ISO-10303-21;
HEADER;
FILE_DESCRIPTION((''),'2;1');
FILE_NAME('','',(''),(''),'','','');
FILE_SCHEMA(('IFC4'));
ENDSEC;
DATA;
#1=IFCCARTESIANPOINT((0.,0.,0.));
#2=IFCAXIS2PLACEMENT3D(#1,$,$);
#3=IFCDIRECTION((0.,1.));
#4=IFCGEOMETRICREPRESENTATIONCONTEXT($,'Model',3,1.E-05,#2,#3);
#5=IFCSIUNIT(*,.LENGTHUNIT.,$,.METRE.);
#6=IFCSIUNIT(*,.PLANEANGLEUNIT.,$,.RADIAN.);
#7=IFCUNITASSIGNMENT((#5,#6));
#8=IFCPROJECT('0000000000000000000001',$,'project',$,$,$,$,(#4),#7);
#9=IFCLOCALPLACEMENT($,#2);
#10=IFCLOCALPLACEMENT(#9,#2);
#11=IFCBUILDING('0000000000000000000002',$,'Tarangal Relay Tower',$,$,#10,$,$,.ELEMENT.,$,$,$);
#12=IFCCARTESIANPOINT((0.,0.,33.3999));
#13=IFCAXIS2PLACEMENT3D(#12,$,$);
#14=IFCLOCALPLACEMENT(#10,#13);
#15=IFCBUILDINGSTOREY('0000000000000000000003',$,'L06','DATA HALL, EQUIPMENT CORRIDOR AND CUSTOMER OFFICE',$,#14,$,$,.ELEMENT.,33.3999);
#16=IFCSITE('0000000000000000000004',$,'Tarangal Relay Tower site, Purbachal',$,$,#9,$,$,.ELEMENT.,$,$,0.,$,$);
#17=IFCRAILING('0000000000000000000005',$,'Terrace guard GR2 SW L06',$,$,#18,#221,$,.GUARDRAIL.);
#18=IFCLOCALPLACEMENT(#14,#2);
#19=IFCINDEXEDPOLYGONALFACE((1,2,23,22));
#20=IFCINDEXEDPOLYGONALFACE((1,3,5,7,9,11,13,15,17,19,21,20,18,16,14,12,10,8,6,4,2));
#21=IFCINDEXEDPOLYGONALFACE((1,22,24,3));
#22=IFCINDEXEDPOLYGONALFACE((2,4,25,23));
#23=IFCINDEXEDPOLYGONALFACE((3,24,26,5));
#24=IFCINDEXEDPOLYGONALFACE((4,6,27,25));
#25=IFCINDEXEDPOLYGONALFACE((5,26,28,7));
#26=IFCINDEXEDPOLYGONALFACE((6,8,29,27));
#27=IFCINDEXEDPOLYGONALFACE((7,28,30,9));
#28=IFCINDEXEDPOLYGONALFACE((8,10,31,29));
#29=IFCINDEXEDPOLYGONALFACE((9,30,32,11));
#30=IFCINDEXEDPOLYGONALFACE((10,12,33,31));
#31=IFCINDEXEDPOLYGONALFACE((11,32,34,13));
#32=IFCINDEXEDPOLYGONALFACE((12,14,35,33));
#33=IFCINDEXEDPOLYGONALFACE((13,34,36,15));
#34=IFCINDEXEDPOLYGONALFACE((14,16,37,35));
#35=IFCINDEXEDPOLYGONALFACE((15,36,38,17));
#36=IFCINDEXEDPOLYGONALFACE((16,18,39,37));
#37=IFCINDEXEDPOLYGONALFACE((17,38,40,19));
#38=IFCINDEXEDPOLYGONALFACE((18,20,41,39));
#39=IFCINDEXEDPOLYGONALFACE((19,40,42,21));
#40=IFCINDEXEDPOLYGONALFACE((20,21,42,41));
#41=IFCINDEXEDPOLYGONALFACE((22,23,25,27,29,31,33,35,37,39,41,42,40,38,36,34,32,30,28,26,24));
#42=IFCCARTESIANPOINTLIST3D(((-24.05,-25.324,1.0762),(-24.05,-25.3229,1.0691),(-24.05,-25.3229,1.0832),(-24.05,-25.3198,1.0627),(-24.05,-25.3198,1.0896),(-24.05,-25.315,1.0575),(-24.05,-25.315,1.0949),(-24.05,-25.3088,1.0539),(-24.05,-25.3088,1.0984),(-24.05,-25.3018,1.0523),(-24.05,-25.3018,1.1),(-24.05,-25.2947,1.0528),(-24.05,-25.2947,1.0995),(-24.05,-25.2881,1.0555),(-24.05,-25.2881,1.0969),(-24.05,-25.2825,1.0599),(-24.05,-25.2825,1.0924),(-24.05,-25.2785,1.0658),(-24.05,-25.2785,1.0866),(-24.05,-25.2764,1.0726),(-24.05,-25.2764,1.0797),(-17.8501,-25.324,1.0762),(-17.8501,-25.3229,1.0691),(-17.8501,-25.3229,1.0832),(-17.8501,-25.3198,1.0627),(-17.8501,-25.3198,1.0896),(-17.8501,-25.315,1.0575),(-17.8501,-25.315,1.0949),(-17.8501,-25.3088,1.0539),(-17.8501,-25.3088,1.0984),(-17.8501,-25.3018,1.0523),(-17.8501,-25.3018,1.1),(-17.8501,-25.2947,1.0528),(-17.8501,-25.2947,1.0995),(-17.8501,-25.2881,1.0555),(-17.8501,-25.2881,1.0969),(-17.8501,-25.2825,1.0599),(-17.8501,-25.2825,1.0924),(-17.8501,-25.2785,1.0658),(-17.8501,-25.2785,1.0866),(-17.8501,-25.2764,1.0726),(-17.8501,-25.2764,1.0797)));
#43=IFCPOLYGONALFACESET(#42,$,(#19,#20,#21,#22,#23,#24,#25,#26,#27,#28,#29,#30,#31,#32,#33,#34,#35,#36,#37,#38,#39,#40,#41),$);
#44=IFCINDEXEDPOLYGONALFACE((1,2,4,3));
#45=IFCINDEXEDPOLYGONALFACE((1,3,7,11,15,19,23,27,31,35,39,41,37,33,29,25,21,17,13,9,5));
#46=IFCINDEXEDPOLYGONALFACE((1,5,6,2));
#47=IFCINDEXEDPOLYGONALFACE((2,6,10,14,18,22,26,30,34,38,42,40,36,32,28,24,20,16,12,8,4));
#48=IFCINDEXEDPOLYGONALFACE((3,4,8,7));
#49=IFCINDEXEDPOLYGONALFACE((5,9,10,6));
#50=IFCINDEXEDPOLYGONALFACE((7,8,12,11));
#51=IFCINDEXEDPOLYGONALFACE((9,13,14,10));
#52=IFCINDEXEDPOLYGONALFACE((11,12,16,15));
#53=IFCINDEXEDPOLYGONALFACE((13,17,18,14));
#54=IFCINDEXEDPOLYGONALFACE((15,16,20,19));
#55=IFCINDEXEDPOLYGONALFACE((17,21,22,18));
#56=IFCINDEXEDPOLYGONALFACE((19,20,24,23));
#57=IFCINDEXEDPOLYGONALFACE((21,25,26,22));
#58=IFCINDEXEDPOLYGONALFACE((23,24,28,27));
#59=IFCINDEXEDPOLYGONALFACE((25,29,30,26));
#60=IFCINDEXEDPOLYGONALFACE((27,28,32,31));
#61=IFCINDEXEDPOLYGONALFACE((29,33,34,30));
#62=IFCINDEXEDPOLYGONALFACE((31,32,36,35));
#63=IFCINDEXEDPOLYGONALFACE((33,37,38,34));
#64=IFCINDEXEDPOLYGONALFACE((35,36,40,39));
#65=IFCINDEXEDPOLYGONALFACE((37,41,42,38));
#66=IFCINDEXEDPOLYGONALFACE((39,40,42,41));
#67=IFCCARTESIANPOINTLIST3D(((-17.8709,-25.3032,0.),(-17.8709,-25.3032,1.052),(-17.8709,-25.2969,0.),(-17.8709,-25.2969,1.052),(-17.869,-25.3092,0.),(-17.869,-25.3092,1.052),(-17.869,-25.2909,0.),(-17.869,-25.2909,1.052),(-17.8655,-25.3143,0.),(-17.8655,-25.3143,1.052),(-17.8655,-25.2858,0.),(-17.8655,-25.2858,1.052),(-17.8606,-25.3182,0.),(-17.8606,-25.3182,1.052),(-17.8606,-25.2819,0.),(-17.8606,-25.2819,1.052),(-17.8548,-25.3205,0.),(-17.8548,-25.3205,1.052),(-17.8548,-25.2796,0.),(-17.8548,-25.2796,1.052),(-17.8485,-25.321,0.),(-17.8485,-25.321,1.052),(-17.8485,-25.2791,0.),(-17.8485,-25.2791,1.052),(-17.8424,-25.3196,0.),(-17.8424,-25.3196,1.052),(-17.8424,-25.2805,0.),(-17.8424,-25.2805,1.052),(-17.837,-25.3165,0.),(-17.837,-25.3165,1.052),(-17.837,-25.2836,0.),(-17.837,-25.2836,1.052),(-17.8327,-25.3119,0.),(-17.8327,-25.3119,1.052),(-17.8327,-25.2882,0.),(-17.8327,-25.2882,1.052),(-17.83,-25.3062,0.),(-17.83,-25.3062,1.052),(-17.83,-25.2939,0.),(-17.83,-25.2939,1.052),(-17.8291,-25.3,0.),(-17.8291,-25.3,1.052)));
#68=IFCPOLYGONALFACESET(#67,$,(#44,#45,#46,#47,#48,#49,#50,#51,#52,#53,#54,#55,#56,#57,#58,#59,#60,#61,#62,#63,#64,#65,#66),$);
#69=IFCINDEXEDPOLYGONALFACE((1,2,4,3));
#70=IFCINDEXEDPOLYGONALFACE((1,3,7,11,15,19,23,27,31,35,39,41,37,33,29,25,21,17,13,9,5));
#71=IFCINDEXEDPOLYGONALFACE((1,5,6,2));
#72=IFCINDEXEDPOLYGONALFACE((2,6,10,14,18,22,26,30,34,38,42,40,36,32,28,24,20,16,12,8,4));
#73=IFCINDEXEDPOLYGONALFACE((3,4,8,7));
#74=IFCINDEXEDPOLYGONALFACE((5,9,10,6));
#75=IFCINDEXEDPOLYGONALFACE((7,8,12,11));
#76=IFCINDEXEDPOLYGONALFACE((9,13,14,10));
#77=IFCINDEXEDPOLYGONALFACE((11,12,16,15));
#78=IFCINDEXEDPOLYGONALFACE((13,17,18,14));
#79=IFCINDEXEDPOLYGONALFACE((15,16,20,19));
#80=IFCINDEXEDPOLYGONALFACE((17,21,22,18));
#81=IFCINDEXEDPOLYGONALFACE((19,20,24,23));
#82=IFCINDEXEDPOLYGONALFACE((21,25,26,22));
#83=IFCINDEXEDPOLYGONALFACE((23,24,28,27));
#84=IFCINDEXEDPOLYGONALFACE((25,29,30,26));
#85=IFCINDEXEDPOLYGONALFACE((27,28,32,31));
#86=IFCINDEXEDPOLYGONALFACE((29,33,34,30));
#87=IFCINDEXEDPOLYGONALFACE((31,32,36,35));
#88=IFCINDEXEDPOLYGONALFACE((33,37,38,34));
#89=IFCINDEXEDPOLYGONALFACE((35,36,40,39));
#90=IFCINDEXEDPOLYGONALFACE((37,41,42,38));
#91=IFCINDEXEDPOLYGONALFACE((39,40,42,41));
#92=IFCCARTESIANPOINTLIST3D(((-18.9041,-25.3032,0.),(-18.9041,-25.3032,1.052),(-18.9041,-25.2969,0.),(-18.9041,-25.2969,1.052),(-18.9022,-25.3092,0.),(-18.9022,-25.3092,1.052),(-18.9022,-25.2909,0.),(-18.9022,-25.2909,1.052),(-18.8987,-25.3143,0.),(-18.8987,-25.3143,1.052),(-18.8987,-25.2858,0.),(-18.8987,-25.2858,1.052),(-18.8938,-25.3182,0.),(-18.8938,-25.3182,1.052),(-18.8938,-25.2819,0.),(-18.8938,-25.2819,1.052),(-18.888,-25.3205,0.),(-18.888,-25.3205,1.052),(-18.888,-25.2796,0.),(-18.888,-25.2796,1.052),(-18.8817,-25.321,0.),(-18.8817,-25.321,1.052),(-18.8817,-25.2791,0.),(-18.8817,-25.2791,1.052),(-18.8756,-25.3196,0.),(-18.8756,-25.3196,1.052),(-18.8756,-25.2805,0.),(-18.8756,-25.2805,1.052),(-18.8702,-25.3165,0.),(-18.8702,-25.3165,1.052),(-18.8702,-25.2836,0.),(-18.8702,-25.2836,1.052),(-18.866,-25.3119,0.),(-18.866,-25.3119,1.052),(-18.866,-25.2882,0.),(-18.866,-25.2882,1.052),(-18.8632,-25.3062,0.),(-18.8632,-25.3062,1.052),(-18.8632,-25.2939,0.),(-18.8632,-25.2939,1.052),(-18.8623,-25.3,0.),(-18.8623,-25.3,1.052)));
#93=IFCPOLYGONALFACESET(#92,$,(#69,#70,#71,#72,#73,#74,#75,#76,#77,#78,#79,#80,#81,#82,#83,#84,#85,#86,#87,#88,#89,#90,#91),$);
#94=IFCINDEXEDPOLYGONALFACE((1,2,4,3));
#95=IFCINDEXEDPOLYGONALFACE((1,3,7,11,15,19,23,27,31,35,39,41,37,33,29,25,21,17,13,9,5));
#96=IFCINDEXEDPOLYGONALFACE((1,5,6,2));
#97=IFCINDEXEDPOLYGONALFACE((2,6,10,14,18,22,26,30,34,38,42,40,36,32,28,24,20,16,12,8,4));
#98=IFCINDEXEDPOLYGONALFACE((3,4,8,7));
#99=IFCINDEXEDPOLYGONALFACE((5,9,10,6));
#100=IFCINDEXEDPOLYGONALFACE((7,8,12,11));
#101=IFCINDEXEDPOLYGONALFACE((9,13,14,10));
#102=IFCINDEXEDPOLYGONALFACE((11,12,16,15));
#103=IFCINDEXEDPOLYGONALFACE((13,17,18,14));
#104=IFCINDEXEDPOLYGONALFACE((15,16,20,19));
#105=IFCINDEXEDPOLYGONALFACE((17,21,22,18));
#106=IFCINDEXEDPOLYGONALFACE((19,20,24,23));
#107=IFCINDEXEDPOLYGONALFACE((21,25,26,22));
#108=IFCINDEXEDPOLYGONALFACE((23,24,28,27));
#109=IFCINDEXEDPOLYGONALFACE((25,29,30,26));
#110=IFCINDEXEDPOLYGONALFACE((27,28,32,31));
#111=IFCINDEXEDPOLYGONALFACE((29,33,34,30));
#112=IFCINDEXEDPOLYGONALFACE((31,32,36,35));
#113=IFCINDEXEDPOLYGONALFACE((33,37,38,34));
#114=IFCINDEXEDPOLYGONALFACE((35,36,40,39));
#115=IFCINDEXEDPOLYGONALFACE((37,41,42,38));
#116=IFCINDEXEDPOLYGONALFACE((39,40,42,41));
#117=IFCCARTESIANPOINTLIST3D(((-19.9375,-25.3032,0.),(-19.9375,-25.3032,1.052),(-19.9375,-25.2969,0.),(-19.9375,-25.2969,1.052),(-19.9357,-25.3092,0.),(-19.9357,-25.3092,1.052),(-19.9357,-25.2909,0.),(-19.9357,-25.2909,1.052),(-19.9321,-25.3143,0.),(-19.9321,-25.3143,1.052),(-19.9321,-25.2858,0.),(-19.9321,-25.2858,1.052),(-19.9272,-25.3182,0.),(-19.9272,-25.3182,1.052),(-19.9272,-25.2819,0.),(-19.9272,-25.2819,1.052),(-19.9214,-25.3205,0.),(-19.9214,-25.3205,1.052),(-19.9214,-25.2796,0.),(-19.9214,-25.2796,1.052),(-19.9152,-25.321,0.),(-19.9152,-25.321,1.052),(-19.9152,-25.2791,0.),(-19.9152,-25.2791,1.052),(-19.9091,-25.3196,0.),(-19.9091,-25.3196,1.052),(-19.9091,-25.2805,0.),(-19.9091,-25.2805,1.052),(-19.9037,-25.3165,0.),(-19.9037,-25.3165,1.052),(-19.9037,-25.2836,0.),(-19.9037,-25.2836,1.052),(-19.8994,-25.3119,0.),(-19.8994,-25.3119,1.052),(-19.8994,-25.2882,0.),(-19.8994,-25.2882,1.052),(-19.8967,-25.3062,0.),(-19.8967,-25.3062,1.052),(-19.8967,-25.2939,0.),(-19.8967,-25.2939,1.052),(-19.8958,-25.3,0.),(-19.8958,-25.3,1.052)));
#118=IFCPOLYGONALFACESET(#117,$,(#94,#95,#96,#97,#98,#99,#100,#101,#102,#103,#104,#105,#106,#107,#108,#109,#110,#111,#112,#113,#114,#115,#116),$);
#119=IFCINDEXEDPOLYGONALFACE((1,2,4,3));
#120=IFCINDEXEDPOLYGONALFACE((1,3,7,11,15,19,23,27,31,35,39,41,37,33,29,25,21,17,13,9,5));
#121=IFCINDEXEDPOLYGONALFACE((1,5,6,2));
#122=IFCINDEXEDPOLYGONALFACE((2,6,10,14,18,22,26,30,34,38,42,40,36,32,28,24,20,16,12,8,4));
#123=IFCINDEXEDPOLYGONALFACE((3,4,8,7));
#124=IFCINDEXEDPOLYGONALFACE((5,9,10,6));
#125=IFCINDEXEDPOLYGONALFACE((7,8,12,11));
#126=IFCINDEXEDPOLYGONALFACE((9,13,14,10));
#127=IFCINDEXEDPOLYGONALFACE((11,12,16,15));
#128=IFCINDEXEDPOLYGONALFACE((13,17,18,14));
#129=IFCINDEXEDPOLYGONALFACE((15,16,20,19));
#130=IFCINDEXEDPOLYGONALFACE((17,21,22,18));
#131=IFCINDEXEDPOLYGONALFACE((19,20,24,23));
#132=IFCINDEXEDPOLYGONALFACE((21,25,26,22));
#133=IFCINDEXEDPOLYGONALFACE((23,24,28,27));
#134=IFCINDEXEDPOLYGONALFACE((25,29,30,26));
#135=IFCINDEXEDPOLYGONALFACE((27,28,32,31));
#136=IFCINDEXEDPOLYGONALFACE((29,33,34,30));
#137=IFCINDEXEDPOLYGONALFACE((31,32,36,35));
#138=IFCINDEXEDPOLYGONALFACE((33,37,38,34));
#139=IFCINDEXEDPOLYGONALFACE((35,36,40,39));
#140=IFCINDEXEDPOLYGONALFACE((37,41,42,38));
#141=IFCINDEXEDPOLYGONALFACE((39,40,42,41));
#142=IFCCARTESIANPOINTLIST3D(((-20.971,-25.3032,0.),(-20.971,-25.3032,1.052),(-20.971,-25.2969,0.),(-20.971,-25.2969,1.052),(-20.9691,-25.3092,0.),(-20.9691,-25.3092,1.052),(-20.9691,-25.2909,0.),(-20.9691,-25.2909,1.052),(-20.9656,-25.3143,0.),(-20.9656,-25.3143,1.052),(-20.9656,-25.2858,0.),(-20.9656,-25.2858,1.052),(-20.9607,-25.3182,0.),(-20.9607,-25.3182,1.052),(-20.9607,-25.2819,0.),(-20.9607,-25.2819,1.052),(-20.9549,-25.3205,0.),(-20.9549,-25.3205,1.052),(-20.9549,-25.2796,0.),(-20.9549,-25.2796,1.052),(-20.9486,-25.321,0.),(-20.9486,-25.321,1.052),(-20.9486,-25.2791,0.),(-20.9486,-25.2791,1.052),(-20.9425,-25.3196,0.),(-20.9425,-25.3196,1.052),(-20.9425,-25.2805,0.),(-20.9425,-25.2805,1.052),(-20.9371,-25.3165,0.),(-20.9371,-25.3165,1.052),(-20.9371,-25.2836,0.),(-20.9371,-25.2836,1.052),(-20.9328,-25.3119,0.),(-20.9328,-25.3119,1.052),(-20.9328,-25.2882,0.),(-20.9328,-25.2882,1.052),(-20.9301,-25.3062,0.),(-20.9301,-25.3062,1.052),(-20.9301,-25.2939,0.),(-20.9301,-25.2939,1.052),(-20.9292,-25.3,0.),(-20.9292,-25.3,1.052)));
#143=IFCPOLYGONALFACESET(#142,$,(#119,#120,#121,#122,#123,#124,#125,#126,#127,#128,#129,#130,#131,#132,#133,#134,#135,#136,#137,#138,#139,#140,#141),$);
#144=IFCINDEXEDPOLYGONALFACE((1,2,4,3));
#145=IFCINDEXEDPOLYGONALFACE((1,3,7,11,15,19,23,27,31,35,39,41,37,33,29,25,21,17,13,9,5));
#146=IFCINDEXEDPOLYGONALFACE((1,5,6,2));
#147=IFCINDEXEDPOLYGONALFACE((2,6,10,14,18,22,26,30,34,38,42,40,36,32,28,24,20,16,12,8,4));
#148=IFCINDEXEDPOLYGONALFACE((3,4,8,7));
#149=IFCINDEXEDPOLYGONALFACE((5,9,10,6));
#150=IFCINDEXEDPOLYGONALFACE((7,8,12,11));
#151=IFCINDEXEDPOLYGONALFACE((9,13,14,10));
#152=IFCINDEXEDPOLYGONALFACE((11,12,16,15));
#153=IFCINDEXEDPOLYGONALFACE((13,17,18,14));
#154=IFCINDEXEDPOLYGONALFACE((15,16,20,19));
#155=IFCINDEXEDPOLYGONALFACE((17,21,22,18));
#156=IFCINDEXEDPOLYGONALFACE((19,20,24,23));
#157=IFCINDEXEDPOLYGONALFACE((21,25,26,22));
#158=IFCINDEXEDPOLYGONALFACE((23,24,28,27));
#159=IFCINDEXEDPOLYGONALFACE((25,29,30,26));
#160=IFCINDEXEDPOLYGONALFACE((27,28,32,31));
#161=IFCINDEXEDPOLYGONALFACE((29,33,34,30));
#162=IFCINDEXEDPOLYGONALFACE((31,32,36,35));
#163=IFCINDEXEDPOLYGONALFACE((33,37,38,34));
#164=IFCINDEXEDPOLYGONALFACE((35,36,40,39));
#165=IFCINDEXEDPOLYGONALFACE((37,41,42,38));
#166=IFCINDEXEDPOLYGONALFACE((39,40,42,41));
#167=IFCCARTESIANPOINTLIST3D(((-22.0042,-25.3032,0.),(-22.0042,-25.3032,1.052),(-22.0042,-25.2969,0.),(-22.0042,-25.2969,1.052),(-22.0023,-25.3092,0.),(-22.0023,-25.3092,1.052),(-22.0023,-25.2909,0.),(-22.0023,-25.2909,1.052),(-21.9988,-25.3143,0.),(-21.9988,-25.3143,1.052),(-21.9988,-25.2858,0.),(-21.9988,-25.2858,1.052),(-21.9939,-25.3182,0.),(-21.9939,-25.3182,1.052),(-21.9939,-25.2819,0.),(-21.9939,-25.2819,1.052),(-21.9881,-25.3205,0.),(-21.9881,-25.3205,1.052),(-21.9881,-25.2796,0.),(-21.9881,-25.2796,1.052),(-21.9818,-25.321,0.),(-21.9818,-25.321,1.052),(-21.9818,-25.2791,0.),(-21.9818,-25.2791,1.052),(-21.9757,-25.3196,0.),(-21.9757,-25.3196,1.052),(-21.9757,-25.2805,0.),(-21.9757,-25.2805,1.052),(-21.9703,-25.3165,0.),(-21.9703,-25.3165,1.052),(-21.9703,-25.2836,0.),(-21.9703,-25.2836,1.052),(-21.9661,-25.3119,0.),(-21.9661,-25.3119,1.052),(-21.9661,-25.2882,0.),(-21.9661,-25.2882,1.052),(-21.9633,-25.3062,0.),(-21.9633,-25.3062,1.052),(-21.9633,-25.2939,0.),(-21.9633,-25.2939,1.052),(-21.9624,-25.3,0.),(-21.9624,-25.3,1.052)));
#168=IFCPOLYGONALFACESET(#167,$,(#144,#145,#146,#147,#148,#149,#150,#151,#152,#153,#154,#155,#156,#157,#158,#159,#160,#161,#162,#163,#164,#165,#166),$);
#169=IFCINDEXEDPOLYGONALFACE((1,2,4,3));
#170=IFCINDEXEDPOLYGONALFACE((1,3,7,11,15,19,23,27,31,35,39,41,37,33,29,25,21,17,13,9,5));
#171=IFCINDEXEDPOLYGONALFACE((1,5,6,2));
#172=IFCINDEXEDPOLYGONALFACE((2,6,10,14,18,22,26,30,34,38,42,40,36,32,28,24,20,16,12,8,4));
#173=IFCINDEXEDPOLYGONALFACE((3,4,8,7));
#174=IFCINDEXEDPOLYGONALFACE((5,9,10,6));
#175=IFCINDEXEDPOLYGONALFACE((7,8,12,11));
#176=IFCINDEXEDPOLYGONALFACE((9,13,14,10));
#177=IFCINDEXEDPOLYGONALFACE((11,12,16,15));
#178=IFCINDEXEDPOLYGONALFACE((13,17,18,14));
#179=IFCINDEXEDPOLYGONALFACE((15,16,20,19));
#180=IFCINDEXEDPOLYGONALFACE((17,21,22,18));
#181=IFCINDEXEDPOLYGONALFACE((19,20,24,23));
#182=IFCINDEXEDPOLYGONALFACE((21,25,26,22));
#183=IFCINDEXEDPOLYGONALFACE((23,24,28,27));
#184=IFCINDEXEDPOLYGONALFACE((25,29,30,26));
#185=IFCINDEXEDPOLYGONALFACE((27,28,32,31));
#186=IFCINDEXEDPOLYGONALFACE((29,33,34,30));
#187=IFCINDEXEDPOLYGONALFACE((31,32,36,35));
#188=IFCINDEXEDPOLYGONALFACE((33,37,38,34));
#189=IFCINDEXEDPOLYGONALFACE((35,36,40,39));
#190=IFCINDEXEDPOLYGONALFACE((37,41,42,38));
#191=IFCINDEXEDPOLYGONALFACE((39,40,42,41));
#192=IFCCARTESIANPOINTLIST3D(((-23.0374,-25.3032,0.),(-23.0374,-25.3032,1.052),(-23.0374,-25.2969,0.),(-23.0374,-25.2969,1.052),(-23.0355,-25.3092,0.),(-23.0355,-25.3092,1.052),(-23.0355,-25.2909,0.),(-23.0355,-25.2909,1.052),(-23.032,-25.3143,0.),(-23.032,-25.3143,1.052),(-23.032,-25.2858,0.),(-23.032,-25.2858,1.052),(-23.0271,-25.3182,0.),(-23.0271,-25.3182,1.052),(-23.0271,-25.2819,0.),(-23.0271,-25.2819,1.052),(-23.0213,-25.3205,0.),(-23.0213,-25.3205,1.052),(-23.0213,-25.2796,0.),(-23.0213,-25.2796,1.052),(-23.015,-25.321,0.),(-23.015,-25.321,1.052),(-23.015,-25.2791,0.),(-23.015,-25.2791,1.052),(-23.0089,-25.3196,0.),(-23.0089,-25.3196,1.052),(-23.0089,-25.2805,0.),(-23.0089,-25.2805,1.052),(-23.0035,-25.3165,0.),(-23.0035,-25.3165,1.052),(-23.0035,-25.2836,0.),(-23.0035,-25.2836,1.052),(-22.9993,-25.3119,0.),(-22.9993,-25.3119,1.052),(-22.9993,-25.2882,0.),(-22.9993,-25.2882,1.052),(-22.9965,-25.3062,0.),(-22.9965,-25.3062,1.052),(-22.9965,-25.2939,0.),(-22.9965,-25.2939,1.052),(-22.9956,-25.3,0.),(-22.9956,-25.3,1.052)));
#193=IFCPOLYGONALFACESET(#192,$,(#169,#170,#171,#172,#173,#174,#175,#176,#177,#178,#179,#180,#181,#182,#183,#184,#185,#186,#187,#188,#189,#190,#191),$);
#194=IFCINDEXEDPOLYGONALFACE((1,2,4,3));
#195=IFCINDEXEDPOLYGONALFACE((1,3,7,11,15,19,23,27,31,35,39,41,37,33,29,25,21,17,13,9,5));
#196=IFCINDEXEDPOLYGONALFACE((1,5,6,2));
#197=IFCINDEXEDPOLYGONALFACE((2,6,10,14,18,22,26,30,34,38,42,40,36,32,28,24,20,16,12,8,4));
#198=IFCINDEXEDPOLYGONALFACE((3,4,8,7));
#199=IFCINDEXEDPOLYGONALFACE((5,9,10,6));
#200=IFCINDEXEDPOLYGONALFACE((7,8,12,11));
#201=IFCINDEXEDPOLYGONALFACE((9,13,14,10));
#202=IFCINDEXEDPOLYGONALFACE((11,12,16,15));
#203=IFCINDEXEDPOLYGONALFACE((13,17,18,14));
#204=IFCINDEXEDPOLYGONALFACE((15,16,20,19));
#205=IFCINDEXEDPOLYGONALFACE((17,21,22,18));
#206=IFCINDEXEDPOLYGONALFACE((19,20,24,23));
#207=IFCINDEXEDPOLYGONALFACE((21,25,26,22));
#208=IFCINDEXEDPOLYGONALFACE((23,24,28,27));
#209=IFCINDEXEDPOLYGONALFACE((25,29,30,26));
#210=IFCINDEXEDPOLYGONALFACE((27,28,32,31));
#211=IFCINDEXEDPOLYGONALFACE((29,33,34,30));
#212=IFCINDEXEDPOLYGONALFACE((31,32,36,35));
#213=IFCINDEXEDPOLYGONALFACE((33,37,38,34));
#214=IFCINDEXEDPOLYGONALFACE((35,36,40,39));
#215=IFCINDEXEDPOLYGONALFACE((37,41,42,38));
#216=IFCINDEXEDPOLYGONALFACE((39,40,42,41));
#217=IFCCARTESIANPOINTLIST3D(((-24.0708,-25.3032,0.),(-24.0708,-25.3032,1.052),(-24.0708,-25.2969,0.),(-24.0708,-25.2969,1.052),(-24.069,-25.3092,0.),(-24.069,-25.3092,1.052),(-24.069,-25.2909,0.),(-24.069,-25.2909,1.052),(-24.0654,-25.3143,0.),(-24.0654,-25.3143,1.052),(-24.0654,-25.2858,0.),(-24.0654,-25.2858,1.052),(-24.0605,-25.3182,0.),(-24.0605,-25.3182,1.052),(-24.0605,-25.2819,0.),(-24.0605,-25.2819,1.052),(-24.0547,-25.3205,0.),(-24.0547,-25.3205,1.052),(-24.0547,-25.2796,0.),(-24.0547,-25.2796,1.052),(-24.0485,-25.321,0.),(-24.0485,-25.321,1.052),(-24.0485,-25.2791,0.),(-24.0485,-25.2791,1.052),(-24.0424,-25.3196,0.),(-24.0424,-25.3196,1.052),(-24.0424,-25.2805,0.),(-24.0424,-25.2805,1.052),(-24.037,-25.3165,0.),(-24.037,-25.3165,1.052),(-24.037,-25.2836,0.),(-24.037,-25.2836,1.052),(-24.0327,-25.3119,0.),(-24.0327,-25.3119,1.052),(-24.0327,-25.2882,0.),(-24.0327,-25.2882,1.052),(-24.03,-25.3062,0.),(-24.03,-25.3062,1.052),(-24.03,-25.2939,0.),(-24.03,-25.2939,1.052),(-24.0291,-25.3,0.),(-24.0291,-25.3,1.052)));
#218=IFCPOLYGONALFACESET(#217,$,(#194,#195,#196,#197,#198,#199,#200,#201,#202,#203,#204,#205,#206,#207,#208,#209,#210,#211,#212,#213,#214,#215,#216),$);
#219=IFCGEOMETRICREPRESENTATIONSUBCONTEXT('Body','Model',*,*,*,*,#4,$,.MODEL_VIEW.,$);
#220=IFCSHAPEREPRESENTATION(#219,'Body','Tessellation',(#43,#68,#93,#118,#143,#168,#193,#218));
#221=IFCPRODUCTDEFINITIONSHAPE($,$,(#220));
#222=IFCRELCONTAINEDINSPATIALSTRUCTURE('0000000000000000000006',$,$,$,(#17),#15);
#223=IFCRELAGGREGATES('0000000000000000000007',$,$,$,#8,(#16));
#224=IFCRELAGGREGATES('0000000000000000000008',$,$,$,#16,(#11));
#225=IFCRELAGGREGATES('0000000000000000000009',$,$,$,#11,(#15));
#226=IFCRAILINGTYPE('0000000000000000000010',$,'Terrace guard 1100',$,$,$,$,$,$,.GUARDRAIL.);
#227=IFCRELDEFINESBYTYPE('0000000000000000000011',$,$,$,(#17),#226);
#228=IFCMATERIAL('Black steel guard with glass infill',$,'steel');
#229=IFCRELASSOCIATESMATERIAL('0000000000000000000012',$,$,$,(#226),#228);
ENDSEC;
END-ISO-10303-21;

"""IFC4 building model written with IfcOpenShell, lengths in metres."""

from ifc_helpers import new_model, si_unit, direction, frame, origin, origin_2d, place, context, subcontext, project, spatial, circle, extrude, material, type_object, element, save


model = new_model("IFC4")

# Units and contexts
model_context = context("Model", 3, precision=1e-05, world=origin(), true_north=direction((0.0, 1.0)))
body_context = subcontext(model_context, "Body", "Model", "MODEL_VIEW")
ifc_project = project(units=[si_unit("LENGTHUNIT", "METRE"), si_unit("PLANEANGLEUNIT", "RADIAN")], contexts=[model_context])

# Site, building, storey
site_placement = place(None, origin())
site = spatial("IfcSite", under=ifc_project, at=site_placement, Name="Tarangal Relay Tower site, Purbachal", CompositionType="ELEMENT", RefElevation=0.0)
building_placement = place(site_placement, origin())
building = spatial("IfcBuilding", under=site, at=building_placement, Name="Tarangal Relay Tower", CompositionType="ELEMENT")
storey_placement = place(building_placement, frame((0.0, 0.0, 33.3999)))
storey = spatial("IfcBuildingStorey", under=building, at=storey_placement, Name="L06", Description="DATA HALL, EQUIPMENT CORRIDOR AND CUSTOMER OFFICE", CompositionType="ELEMENT", Elevation=33.3999)

# Railing
ifc_material_1 = material(Name="Black steel guard with glass infill", Category="steel")
railing_type = type_object("IfcRailingType", Name="Terrace guard 1100", PredefinedType="GUARDRAIL", material=ifc_material_1)
railing_1_placement = place(storey_placement, frame((-17.8501, -25.3, 0.0)))
element("IfcRailing", 1, at=railing_1_placement, inside=storey, type_object=railing_type, Name="Terrace guard GR2 SW L06", PredefinedType="GUARDRAIL", context=body_context, shape_type="SweptSolid", body=[
    extrude(circle(Radius=0.0239, at=origin_2d()), frame((0.0, 0.0, 1.0762), z_axis=(-1.0, 0.0, 0.0), x_axis=(0.0, -1.0, 0.0)), (0.0, 0.0, 1.0), 6.2),
    extrude(circle(Radius=0.021, at=origin_2d()), origin(), (0.0, 0.0, 1.0), 1.052),
    extrude(circle(Radius=0.021, at=origin_2d()), frame((-1.0332, 0.0, 0.0)), (0.0, 0.0, 1.0), 1.052),
    extrude(circle(Radius=0.021, at=origin_2d()), frame((-2.0667, 0.0, 0.0)), (0.0, 0.0, 1.0), 1.052),
    extrude(circle(Radius=0.021, at=origin_2d()), frame((-3.1001, 0.0, 0.0)), (0.0, 0.0, 1.0), 1.052),
    extrude(circle(Radius=0.021, at=origin_2d()), frame((-4.1333, 0.0, 0.0)), (0.0, 0.0, 1.0), 1.052),
    extrude(circle(Radius=0.021, at=origin_2d()), frame((-5.1665, 0.0, 0.0)), (0.0, 0.0, 1.0), 1.052),
    extrude(circle(Radius=0.021, at=origin_2d()), frame((-6.2, 0.0, 0.0)), (0.0, 0.0, 1.0), 1.052),
])

save(model, "model.ifc")
